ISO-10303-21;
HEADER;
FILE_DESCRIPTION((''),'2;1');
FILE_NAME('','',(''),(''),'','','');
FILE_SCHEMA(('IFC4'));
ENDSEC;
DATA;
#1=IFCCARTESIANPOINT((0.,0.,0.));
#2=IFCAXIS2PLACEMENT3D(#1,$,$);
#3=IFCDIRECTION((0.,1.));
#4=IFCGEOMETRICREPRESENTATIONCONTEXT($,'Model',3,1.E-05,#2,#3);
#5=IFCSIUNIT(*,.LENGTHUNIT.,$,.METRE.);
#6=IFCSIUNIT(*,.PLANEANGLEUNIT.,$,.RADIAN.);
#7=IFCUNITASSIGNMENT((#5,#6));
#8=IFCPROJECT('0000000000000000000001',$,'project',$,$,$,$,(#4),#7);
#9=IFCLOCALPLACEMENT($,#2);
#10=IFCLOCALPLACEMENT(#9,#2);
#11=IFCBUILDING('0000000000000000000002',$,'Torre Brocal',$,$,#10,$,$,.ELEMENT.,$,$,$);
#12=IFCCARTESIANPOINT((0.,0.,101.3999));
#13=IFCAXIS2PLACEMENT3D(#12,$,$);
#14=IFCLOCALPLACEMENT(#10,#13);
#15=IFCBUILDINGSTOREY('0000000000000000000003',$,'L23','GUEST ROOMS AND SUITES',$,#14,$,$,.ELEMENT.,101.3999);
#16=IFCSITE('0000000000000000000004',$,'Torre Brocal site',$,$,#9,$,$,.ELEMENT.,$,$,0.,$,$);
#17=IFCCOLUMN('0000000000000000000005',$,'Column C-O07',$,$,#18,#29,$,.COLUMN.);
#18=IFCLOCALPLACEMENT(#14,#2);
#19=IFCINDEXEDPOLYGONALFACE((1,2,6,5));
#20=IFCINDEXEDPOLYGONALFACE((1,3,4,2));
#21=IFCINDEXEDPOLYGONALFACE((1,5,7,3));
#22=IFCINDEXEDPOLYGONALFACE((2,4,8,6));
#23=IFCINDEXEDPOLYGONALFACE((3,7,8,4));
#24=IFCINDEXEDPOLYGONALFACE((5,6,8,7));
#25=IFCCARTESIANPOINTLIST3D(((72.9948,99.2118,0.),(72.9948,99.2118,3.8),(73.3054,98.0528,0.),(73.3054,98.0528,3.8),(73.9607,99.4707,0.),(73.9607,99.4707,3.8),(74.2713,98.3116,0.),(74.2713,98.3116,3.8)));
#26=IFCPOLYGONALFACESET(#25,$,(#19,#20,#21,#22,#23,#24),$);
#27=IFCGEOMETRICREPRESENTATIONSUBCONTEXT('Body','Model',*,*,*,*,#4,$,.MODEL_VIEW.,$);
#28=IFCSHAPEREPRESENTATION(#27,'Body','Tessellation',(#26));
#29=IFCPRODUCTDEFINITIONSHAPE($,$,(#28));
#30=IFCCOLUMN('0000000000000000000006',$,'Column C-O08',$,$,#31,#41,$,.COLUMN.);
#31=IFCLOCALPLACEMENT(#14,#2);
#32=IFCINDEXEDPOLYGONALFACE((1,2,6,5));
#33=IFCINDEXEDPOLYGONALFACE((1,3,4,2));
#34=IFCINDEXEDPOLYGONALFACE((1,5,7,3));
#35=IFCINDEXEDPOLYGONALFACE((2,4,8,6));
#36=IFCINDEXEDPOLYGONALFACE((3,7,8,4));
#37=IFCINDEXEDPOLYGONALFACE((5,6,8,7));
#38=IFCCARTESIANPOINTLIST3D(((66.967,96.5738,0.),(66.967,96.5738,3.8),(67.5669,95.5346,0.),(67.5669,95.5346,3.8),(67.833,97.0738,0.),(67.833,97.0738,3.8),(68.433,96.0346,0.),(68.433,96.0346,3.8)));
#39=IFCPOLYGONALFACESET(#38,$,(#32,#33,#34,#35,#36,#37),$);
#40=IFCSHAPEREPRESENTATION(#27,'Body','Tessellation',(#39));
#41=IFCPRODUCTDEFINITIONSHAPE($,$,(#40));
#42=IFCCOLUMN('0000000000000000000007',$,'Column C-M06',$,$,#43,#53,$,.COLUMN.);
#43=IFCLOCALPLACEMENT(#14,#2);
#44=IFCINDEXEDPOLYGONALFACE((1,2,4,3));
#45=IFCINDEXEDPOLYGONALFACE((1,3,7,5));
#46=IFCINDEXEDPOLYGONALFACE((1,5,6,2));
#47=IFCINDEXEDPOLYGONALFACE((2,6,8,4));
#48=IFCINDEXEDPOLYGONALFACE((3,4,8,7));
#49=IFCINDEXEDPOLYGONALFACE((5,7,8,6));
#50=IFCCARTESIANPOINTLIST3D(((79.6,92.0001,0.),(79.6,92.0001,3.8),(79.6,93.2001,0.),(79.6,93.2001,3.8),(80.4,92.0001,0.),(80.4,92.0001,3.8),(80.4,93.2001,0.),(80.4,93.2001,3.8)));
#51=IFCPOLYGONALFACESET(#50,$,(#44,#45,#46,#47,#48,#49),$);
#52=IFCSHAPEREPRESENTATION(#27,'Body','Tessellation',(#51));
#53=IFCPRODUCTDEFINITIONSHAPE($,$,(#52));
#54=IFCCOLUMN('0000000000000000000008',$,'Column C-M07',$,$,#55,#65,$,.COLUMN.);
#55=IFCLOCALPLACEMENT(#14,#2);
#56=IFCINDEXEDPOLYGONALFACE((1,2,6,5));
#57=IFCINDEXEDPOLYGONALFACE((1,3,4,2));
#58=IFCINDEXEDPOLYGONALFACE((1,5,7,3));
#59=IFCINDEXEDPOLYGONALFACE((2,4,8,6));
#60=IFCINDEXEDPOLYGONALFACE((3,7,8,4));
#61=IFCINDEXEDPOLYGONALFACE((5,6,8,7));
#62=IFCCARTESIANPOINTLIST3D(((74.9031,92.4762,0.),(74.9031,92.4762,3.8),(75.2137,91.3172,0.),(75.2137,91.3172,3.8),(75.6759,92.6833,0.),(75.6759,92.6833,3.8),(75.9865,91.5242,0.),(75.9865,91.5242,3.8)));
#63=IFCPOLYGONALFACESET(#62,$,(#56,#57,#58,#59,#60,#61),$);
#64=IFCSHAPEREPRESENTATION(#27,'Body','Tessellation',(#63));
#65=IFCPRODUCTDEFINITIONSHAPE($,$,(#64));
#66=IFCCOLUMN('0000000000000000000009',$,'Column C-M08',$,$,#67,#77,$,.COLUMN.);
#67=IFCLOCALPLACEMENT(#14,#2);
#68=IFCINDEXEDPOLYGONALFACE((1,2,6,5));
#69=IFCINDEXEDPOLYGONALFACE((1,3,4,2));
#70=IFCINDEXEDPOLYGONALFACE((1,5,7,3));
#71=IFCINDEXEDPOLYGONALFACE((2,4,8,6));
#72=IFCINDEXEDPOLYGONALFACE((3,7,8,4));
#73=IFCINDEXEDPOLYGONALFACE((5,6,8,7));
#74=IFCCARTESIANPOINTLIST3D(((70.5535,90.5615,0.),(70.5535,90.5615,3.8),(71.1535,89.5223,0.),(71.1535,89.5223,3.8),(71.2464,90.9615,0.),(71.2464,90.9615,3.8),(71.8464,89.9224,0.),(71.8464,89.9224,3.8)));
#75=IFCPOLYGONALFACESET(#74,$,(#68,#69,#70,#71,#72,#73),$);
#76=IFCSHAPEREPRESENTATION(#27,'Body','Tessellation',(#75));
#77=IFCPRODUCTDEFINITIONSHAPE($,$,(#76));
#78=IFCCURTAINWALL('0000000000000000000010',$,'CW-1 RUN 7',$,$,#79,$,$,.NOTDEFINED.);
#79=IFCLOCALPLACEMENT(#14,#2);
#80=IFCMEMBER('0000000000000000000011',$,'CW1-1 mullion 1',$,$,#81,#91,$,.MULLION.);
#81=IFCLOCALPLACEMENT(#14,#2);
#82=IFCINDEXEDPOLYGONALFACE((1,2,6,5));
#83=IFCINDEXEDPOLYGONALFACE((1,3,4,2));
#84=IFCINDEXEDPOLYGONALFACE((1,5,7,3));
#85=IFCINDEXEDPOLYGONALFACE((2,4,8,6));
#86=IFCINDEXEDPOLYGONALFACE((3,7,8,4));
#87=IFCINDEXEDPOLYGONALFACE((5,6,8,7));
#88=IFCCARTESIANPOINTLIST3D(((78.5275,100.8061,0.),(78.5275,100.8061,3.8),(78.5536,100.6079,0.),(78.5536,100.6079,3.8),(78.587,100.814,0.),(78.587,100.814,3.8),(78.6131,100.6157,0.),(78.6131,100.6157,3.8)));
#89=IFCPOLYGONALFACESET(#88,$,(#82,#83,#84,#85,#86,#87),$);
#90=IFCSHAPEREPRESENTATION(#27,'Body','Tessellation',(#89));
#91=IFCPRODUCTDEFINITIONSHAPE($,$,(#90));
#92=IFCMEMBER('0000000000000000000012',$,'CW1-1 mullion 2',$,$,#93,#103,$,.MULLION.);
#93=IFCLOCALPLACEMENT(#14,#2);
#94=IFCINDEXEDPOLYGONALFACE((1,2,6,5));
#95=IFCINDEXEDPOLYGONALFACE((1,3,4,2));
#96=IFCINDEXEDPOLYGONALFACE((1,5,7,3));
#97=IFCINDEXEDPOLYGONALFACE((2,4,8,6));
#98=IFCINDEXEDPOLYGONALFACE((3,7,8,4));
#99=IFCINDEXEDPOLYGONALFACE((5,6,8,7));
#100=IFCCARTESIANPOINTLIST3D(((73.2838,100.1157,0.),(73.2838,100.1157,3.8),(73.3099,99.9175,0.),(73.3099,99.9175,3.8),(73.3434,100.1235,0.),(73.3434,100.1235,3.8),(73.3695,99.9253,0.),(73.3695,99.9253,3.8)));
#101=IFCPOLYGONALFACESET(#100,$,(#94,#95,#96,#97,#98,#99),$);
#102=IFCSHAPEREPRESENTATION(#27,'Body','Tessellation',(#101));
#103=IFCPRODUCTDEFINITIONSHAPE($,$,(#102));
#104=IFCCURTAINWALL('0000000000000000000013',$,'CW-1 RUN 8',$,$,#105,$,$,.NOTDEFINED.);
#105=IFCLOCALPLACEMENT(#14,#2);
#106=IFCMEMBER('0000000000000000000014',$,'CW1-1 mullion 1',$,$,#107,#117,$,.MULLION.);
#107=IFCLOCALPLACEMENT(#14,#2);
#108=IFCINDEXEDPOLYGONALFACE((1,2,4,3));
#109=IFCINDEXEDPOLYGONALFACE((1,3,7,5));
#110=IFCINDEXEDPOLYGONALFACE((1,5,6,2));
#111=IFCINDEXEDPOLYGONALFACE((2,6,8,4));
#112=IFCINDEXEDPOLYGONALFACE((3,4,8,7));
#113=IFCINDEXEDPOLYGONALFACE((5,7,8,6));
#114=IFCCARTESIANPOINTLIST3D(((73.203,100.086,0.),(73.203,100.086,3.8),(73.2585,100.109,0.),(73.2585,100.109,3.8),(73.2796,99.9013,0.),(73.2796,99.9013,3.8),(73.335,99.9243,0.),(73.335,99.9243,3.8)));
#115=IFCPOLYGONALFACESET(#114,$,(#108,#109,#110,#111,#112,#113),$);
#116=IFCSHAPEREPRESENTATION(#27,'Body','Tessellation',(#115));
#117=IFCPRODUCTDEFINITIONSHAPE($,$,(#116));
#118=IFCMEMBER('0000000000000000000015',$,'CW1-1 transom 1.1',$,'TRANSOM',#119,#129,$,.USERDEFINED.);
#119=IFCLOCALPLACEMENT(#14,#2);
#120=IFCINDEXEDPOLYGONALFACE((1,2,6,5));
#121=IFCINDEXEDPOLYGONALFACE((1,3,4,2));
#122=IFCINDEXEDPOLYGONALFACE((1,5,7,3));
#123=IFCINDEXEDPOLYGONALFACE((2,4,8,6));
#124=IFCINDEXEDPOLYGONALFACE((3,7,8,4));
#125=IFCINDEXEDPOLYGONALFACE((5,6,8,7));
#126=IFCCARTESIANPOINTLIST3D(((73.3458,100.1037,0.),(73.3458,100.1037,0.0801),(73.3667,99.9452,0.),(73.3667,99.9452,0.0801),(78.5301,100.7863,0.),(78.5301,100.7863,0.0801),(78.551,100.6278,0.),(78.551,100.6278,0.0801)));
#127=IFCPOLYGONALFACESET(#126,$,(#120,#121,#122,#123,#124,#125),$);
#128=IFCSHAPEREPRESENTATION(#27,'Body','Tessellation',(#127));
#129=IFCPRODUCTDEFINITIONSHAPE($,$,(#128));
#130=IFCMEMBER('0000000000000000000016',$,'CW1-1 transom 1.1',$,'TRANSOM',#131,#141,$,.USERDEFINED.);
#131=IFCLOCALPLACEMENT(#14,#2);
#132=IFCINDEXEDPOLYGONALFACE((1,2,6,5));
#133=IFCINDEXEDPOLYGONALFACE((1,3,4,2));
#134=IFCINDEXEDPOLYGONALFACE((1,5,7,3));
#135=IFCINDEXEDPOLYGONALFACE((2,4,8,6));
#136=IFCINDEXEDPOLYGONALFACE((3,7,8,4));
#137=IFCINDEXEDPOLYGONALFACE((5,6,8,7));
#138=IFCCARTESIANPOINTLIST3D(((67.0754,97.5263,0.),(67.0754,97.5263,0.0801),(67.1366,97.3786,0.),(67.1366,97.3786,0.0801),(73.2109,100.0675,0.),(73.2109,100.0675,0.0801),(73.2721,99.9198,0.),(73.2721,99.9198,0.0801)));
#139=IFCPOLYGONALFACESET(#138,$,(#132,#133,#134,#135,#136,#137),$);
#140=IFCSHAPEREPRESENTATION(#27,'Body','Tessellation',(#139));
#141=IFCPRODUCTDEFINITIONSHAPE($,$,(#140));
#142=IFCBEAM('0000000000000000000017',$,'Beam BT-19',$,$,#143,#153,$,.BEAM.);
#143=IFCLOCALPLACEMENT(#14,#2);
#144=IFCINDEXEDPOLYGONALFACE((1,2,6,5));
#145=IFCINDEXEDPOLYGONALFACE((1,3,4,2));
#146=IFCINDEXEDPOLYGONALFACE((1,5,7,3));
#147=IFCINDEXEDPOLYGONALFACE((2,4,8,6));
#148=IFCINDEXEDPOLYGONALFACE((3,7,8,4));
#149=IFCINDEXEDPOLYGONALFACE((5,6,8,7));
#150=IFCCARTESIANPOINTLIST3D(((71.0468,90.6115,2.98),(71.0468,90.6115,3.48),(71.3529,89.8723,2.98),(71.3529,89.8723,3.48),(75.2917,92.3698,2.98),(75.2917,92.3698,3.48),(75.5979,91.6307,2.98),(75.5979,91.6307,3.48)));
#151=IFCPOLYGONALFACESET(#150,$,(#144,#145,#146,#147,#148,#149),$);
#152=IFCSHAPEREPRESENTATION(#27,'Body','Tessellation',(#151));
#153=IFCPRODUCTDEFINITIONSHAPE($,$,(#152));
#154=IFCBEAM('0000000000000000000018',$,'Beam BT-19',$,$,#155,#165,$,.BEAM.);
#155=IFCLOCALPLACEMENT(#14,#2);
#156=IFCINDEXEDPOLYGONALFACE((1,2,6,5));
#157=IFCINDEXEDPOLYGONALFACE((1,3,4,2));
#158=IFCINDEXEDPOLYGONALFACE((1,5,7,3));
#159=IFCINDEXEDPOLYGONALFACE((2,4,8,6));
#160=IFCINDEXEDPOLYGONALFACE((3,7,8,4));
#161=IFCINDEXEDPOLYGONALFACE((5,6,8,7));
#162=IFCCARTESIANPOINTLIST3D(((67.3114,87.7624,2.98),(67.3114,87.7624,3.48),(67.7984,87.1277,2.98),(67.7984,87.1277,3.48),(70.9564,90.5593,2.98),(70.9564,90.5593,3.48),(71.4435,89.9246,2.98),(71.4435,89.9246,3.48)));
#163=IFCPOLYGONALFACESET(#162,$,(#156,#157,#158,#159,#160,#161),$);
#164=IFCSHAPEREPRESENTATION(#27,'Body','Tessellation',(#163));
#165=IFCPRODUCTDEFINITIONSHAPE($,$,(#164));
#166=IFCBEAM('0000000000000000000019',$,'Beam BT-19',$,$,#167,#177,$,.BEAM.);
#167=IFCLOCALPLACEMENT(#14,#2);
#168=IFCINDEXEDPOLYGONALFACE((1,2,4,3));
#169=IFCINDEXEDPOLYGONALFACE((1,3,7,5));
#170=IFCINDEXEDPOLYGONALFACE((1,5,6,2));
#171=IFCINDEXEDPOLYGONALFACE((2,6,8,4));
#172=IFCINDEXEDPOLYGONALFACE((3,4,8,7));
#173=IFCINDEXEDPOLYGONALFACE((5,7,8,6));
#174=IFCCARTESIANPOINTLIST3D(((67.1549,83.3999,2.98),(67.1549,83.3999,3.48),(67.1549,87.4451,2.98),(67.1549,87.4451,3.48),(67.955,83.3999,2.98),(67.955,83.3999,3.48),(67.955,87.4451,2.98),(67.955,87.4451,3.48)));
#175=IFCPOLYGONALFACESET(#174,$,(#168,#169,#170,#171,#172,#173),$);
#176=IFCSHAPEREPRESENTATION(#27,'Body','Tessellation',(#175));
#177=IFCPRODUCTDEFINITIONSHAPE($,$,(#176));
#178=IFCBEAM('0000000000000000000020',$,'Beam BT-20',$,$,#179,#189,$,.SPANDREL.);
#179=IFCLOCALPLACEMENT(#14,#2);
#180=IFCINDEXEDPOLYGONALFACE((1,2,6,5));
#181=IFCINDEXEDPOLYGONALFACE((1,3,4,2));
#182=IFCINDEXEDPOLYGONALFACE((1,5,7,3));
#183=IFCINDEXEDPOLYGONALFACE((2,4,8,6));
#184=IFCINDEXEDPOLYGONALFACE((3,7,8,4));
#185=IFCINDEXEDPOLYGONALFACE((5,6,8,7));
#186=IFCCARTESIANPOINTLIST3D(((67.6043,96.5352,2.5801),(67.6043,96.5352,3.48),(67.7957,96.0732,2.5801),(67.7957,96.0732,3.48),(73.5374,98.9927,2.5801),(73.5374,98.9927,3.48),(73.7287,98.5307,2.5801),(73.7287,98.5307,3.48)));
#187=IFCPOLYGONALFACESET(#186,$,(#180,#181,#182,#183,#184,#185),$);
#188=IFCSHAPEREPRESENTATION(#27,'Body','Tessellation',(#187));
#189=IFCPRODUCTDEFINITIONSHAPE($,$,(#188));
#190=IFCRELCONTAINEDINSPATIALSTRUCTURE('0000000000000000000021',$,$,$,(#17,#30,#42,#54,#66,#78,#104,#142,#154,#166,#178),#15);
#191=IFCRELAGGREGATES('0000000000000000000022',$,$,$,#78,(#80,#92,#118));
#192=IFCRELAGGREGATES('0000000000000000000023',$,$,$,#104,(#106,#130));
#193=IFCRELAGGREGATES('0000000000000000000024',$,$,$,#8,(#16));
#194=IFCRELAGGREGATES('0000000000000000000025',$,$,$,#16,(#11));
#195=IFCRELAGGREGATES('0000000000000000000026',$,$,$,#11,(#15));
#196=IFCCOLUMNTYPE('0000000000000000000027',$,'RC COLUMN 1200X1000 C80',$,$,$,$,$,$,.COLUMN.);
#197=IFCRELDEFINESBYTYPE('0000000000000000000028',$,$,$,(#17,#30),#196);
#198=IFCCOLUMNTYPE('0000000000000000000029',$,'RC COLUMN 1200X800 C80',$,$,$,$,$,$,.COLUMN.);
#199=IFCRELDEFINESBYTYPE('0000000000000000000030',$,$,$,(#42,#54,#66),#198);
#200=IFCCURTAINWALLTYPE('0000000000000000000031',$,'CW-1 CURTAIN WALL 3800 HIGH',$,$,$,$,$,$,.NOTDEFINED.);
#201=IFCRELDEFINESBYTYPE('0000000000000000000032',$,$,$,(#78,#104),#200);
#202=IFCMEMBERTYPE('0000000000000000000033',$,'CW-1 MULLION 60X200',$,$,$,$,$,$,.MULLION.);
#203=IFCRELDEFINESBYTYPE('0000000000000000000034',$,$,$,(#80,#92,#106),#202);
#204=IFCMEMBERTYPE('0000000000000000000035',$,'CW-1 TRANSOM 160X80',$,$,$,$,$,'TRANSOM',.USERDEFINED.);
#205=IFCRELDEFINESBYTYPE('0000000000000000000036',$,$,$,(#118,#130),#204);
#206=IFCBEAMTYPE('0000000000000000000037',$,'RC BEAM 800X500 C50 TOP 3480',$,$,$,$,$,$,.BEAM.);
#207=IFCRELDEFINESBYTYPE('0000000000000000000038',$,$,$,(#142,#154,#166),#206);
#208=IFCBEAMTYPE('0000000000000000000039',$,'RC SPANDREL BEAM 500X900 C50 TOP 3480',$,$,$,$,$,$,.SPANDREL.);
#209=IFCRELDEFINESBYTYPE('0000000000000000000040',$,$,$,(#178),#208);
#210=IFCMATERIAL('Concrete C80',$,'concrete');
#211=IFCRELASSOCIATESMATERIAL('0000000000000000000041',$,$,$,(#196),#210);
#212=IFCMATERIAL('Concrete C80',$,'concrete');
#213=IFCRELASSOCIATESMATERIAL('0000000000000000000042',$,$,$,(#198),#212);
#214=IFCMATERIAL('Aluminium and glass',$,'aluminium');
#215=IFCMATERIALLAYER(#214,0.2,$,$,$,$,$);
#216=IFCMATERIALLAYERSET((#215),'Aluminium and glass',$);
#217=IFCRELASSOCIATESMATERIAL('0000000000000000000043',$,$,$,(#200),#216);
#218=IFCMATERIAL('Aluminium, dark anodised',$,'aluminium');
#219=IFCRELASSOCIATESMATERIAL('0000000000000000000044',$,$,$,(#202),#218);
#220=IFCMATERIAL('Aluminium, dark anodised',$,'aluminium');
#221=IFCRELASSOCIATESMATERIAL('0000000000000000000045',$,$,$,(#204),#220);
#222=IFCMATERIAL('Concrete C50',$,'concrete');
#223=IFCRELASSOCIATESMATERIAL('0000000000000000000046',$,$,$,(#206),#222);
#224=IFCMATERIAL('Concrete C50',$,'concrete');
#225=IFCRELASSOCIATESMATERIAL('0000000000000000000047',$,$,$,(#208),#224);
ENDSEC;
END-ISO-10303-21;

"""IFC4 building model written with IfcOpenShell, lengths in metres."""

from ifc_helpers import new_model, si_unit, direction, frame, origin, origin_2d, place, context, subcontext, project, spatial, rectangle, extrude, material, layer, layer_set, material_profile, profile_set, type_object, element, aggregate, save


model = new_model("IFC4")

# Units and contexts
model_context = context("Model", 3, precision=1e-05, world=origin(), true_north=direction((0.0, 1.0)))
body_context = subcontext(model_context, "Body", "Model", "MODEL_VIEW")
ifc_project = project(units=[si_unit("LENGTHUNIT", "METRE"), si_unit("PLANEANGLEUNIT", "RADIAN")], contexts=[model_context])

# Site, building, storey
site_placement = place(None, origin())
site = spatial("IfcSite", under=ifc_project, at=site_placement, Name="Torre Brocal site", CompositionType="ELEMENT", RefElevation=0.0)
building_placement = place(site_placement, origin())
building = spatial("IfcBuilding", under=site, at=building_placement, Name="Torre Brocal", CompositionType="ELEMENT")
storey_placement = place(building_placement, frame((0.0, 0.0, 101.3999)))
storey = spatial("IfcBuildingStorey", under=building, at=storey_placement, Name="L23", Description="GUEST ROOMS AND SUITES", CompositionType="ELEMENT", Elevation=101.3999)

# Columns
ifc_material_1 = material(Name="Concrete C80", Category="concrete")
ifc_material_profile_1 = material_profile(ifc_material_1, rectangle(XDim=1.2, YDim=1.0, at=origin_2d()), Name="RC 1200X1000")
ifc_profile_set_1 = profile_set([ifc_material_profile_1], Name="Concrete C80")
column_type_1 = type_object("IfcColumnType", Name="RC COLUMN 1200X1000 C80", PredefinedType="COLUMN", material=ifc_profile_set_1)
for number, where, z_axis, x_axis, name in (
    (1, (73.6331, 98.7617, 0.0), (0.0, 0.0, 1.0), (-0.258819, 0.965926, 0.0), "Column C-O07"),
    (2, (67.7, 96.3042, 0.0), (0.0, 0.0, 1.0), (-0.5, 0.866025, 0.0), "Column C-O08"),
):
    element("IfcColumn", number, at=place(storey_placement, frame(where, z_axis=z_axis, x_axis=x_axis)), inside=storey, type_object=column_type_1, Name=name, PredefinedType="COLUMN", context=body_context, shape_type="SweptSolid", body=[
        extrude(rectangle(XDim=1.2, YDim=1.0, at=origin_2d()), origin(), (0.0, 0.0, 1.0), 3.8),
    ])
ifc_material_2 = material(Name="Concrete C80", Category="concrete")
ifc_material_profile_2 = material_profile(ifc_material_2, rectangle(XDim=1.2, YDim=0.8, at=origin_2d()), Name="RC 1200X800")
ifc_profile_set_2 = profile_set([ifc_material_profile_2], Name="Concrete C80")
column_type_2 = type_object("IfcColumnType", Name="RC COLUMN 1200X800 C80", PredefinedType="COLUMN", material=ifc_profile_set_2)
for number, where, z_axis, x_axis, name in (
    (3, (80.0, 92.6001, 0.0), (0.0, 0.0, 1.0), (0.0, 1.0, 0.0), "Column C-M06"),
    (4, (75.4448, 92.0002, 0.0), (0.0, 0.0, 1.0), (-0.258819, 0.965926, 0.0), "Column C-M07"),
    (5, (71.2, 90.2419, 0.0), (0.0, 0.0, 1.0), (-0.5, 0.866025, 0.0), "Column C-M08"),
):
    element("IfcColumn", number, at=place(storey_placement, frame(where, z_axis=z_axis, x_axis=x_axis)), inside=storey, type_object=column_type_2, Name=name, PredefinedType="COLUMN", context=body_context, shape_type="SweptSolid", body=[
        extrude(rectangle(XDim=1.2, YDim=0.8, at=origin_2d()), origin(), (0.0, 0.0, 1.0), 3.8),
    ])

# Curtain wall, members
ifc_material_3 = material(Name="Aluminium and glass", Category="aluminium")
ifc_layer_1 = layer(ifc_material_3, 0.2)
ifc_layer_set_1 = layer_set([ifc_layer_1], Name="Aluminium and glass")
curtain_wall_type = type_object("IfcCurtainWallType", Name="CW-1 CURTAIN WALL 3800 HIGH", PredefinedType="NOTDEFINED", material=ifc_layer_set_1)
curtain_wall_1_placement = place(storey_placement, origin())
curtain_wall_1 = element("IfcCurtainWall", 6, at=curtain_wall_1_placement, inside=storey, type_object=curtain_wall_type, Name="CW-1 RUN 7", PredefinedType="NOTDEFINED")
ifc_material_4 = material(Name="Aluminium, dark anodised", Category="aluminium")
ifc_material_profile_3 = material_profile(ifc_material_4, rectangle(XDim=0.2, YDim=0.0601, at=origin_2d()), Name="CW-1 MULLION 60X200")
ifc_profile_set_3 = profile_set([ifc_material_profile_3], Name="Aluminium, dark anodised")
member_type_1 = type_object("IfcMemberType", Name="CW-1 MULLION 60X200", PredefinedType="MULLION", material=ifc_profile_set_3)
member_1_placement = place(storey_placement, frame((78.5703, 100.7109, 0.0), z_axis=(0.0, 0.0, 1.0), x_axis=(0.130526, -0.991445, 0.0)))
member_1 = element("IfcMember", 7, at=member_1_placement, type_object=member_type_1, Name="CW1-1 mullion 1", PredefinedType="MULLION", context=body_context, shape_type="SweptSolid", body=[
    extrude(rectangle(XDim=0.2, YDim=0.0601, at=origin_2d()), origin(), (0.0, 0.0, 1.0), 3.8),
])
member_2_placement = place(storey_placement, frame((73.3267, 100.0205, 0.0), z_axis=(0.0, 0.0, 1.0), x_axis=(0.130526, -0.991445, 0.0)))
member_2 = element("IfcMember", 8, at=member_2_placement, type_object=member_type_1, Name="CW1-1 mullion 2", PredefinedType="MULLION", context=body_context, shape_type="SweptSolid", body=[
    extrude(rectangle(XDim=0.2, YDim=0.0601, at=origin_2d()), origin(), (0.0, 0.0, 1.0), 3.8),
])

# Curtain wall, member
curtain_wall_2_placement = place(storey_placement, origin())
curtain_wall_2 = element("IfcCurtainWall", 9, at=curtain_wall_2_placement, inside=storey, type_object=curtain_wall_type, Name="CW-1 RUN 8", PredefinedType="NOTDEFINED")
member_3_placement = place(storey_placement, frame((73.269, 100.0051, 0.0), z_axis=(0.0, 0.0, 1.0), x_axis=(0.382683, -0.92388, 0.0)))
member_3 = element("IfcMember", 10, at=member_3_placement, type_object=member_type_1, Name="CW1-1 mullion 1", PredefinedType="MULLION", context=body_context, shape_type="SweptSolid", body=[
    extrude(rectangle(XDim=0.2, YDim=0.0601, at=origin_2d()), origin(), (0.0, 0.0, 1.0), 3.8),
])

# Members
ifc_material_5 = material(Name="Aluminium, dark anodised", Category="aluminium")
ifc_material_profile_4 = material_profile(ifc_material_5, rectangle(XDim=0.1599, YDim=0.0801, at=origin_2d()), Name="CW-1 TRANSOM 160X80")
ifc_profile_set_4 = profile_set([ifc_material_profile_4], Name="Aluminium, dark anodised")
member_type_2 = type_object("IfcMemberType", Name="CW-1 TRANSOM 160X80", ElementType="TRANSOM", PredefinedType="USERDEFINED", material=ifc_profile_set_4)
member_4_placement = place(storey_placement, frame((78.5405, 100.707, 0.04), z_axis=(-0.991443, -0.130543, 0.0), x_axis=(0.130543, -0.991443, 0.0)))
member_4 = element("IfcMember", 11, at=member_4_placement, type_object=member_type_2, Name="CW1-1 transom 1.1", ObjectType="TRANSOM", PredefinedType="USERDEFINED", context=body_context, shape_type="SweptSolid", body=[
    extrude(rectangle(XDim=0.1599, YDim=0.0801, at=origin_2d()), origin(), (0.0, 0.0, 1.0), 5.229),
])
member_5_placement = place(storey_placement, frame((73.2415, 99.9937, 0.04), z_axis=(-0.923887, -0.382665, 0.0), x_axis=(0.382665, -0.923887, 0.0)))
member_5 = element("IfcMember", 12, at=member_5_placement, type_object=member_type_2, Name="CW1-1 transom 1.1", ObjectType="TRANSOM", PredefinedType="USERDEFINED", context=body_context, shape_type="SweptSolid", body=[
    extrude(rectangle(XDim=0.1599, YDim=0.0801, at=origin_2d()), origin(), (0.0, 0.0, 1.0), 6.6409),
])

# Beams
ifc_material_6 = material(Name="Concrete C50", Category="concrete")
ifc_material_profile_5 = material_profile(ifc_material_6, rectangle(XDim=0.8, YDim=0.5, at=origin_2d()), Name="RC 800X500")
ifc_profile_set_5 = profile_set([ifc_material_profile_5], Name="Concrete C50")
beam_type_1 = type_object("IfcBeamType", Name="RC BEAM 800X500 C50 TOP 3480", PredefinedType="BEAM", material=ifc_profile_set_5)
beam_1_placement = place(storey_placement, frame((75.4448, 92.0002, 3.23), z_axis=(-0.923878, -0.382687, 0.0), x_axis=(0.382687, -0.923878, 0.0)))
element("IfcBeam", 13, at=beam_1_placement, inside=storey, type_object=beam_type_1, Name="Beam BT-19", PredefinedType="BEAM", context=body_context, shape_type="SweptSolid", body=[
    extrude(rectangle(XDim=0.8, YDim=0.5, at=origin_2d()), origin(), (0.0, 0.0, 1.0), 4.5947),
])
beam_2_placement = place(storey_placement, frame((71.2, 90.2419, 3.23), z_axis=(-0.793358, -0.608755, 0.0), x_axis=(0.608755, -0.793358, 0.0)))
element("IfcBeam", 14, at=beam_2_placement, inside=storey, type_object=beam_type_1, Name="Beam BT-19", PredefinedType="BEAM", context=body_context, shape_type="SweptSolid", body=[
    extrude(rectangle(XDim=0.8, YDim=0.5, at=origin_2d()), origin(), (0.0, 0.0, 1.0), 4.5945),
])
beam_3_placement = place(storey_placement, frame((67.5549, 87.4451, 3.23), z_axis=(0.0, -1.0, 0.0), x_axis=(1.0, 0.0, 0.0)))
element("IfcBeam", 15, at=beam_3_placement, inside=storey, type_object=beam_type_1, Name="Beam BT-19", PredefinedType="BEAM", context=body_context, shape_type="SweptSolid", body=[
    extrude(rectangle(XDim=0.8, YDim=0.5, at=origin_2d()), origin(), (0.0, 0.0, 1.0), 4.0452),
])
ifc_material_7 = material(Name="Concrete C50", Category="concrete")
ifc_material_profile_6 = material_profile(ifc_material_7, rectangle(XDim=0.5, YDim=0.8999, at=origin_2d()), Name="RC 500X900")
ifc_profile_set_6 = profile_set([ifc_material_profile_6], Name="Concrete C50")
beam_type_2 = type_object("IfcBeamType", Name="RC SPANDREL BEAM 500X900 C50 TOP 3480", PredefinedType="SPANDREL", material=ifc_profile_set_6)
beam_4_placement = place(storey_placement, frame((73.6331, 98.7617, 3.03), z_axis=(-0.923882, -0.382676, 0.0), x_axis=(0.382676, -0.923882, 0.0)))
element("IfcBeam", 16, at=beam_4_placement, inside=storey, type_object=beam_type_2, Name="Beam BT-20", PredefinedType="SPANDREL", context=body_context, shape_type="SweptSolid", body=[
    extrude(rectangle(XDim=0.5, YDim=0.8999, at=origin_2d()), origin(), (0.0, 0.0, 1.0), 6.4219),
])

aggregate(curtain_wall_1, [member_1, member_2, member_4])
aggregate(curtain_wall_2, [member_3, member_5])

save(model, "model.ifc")
